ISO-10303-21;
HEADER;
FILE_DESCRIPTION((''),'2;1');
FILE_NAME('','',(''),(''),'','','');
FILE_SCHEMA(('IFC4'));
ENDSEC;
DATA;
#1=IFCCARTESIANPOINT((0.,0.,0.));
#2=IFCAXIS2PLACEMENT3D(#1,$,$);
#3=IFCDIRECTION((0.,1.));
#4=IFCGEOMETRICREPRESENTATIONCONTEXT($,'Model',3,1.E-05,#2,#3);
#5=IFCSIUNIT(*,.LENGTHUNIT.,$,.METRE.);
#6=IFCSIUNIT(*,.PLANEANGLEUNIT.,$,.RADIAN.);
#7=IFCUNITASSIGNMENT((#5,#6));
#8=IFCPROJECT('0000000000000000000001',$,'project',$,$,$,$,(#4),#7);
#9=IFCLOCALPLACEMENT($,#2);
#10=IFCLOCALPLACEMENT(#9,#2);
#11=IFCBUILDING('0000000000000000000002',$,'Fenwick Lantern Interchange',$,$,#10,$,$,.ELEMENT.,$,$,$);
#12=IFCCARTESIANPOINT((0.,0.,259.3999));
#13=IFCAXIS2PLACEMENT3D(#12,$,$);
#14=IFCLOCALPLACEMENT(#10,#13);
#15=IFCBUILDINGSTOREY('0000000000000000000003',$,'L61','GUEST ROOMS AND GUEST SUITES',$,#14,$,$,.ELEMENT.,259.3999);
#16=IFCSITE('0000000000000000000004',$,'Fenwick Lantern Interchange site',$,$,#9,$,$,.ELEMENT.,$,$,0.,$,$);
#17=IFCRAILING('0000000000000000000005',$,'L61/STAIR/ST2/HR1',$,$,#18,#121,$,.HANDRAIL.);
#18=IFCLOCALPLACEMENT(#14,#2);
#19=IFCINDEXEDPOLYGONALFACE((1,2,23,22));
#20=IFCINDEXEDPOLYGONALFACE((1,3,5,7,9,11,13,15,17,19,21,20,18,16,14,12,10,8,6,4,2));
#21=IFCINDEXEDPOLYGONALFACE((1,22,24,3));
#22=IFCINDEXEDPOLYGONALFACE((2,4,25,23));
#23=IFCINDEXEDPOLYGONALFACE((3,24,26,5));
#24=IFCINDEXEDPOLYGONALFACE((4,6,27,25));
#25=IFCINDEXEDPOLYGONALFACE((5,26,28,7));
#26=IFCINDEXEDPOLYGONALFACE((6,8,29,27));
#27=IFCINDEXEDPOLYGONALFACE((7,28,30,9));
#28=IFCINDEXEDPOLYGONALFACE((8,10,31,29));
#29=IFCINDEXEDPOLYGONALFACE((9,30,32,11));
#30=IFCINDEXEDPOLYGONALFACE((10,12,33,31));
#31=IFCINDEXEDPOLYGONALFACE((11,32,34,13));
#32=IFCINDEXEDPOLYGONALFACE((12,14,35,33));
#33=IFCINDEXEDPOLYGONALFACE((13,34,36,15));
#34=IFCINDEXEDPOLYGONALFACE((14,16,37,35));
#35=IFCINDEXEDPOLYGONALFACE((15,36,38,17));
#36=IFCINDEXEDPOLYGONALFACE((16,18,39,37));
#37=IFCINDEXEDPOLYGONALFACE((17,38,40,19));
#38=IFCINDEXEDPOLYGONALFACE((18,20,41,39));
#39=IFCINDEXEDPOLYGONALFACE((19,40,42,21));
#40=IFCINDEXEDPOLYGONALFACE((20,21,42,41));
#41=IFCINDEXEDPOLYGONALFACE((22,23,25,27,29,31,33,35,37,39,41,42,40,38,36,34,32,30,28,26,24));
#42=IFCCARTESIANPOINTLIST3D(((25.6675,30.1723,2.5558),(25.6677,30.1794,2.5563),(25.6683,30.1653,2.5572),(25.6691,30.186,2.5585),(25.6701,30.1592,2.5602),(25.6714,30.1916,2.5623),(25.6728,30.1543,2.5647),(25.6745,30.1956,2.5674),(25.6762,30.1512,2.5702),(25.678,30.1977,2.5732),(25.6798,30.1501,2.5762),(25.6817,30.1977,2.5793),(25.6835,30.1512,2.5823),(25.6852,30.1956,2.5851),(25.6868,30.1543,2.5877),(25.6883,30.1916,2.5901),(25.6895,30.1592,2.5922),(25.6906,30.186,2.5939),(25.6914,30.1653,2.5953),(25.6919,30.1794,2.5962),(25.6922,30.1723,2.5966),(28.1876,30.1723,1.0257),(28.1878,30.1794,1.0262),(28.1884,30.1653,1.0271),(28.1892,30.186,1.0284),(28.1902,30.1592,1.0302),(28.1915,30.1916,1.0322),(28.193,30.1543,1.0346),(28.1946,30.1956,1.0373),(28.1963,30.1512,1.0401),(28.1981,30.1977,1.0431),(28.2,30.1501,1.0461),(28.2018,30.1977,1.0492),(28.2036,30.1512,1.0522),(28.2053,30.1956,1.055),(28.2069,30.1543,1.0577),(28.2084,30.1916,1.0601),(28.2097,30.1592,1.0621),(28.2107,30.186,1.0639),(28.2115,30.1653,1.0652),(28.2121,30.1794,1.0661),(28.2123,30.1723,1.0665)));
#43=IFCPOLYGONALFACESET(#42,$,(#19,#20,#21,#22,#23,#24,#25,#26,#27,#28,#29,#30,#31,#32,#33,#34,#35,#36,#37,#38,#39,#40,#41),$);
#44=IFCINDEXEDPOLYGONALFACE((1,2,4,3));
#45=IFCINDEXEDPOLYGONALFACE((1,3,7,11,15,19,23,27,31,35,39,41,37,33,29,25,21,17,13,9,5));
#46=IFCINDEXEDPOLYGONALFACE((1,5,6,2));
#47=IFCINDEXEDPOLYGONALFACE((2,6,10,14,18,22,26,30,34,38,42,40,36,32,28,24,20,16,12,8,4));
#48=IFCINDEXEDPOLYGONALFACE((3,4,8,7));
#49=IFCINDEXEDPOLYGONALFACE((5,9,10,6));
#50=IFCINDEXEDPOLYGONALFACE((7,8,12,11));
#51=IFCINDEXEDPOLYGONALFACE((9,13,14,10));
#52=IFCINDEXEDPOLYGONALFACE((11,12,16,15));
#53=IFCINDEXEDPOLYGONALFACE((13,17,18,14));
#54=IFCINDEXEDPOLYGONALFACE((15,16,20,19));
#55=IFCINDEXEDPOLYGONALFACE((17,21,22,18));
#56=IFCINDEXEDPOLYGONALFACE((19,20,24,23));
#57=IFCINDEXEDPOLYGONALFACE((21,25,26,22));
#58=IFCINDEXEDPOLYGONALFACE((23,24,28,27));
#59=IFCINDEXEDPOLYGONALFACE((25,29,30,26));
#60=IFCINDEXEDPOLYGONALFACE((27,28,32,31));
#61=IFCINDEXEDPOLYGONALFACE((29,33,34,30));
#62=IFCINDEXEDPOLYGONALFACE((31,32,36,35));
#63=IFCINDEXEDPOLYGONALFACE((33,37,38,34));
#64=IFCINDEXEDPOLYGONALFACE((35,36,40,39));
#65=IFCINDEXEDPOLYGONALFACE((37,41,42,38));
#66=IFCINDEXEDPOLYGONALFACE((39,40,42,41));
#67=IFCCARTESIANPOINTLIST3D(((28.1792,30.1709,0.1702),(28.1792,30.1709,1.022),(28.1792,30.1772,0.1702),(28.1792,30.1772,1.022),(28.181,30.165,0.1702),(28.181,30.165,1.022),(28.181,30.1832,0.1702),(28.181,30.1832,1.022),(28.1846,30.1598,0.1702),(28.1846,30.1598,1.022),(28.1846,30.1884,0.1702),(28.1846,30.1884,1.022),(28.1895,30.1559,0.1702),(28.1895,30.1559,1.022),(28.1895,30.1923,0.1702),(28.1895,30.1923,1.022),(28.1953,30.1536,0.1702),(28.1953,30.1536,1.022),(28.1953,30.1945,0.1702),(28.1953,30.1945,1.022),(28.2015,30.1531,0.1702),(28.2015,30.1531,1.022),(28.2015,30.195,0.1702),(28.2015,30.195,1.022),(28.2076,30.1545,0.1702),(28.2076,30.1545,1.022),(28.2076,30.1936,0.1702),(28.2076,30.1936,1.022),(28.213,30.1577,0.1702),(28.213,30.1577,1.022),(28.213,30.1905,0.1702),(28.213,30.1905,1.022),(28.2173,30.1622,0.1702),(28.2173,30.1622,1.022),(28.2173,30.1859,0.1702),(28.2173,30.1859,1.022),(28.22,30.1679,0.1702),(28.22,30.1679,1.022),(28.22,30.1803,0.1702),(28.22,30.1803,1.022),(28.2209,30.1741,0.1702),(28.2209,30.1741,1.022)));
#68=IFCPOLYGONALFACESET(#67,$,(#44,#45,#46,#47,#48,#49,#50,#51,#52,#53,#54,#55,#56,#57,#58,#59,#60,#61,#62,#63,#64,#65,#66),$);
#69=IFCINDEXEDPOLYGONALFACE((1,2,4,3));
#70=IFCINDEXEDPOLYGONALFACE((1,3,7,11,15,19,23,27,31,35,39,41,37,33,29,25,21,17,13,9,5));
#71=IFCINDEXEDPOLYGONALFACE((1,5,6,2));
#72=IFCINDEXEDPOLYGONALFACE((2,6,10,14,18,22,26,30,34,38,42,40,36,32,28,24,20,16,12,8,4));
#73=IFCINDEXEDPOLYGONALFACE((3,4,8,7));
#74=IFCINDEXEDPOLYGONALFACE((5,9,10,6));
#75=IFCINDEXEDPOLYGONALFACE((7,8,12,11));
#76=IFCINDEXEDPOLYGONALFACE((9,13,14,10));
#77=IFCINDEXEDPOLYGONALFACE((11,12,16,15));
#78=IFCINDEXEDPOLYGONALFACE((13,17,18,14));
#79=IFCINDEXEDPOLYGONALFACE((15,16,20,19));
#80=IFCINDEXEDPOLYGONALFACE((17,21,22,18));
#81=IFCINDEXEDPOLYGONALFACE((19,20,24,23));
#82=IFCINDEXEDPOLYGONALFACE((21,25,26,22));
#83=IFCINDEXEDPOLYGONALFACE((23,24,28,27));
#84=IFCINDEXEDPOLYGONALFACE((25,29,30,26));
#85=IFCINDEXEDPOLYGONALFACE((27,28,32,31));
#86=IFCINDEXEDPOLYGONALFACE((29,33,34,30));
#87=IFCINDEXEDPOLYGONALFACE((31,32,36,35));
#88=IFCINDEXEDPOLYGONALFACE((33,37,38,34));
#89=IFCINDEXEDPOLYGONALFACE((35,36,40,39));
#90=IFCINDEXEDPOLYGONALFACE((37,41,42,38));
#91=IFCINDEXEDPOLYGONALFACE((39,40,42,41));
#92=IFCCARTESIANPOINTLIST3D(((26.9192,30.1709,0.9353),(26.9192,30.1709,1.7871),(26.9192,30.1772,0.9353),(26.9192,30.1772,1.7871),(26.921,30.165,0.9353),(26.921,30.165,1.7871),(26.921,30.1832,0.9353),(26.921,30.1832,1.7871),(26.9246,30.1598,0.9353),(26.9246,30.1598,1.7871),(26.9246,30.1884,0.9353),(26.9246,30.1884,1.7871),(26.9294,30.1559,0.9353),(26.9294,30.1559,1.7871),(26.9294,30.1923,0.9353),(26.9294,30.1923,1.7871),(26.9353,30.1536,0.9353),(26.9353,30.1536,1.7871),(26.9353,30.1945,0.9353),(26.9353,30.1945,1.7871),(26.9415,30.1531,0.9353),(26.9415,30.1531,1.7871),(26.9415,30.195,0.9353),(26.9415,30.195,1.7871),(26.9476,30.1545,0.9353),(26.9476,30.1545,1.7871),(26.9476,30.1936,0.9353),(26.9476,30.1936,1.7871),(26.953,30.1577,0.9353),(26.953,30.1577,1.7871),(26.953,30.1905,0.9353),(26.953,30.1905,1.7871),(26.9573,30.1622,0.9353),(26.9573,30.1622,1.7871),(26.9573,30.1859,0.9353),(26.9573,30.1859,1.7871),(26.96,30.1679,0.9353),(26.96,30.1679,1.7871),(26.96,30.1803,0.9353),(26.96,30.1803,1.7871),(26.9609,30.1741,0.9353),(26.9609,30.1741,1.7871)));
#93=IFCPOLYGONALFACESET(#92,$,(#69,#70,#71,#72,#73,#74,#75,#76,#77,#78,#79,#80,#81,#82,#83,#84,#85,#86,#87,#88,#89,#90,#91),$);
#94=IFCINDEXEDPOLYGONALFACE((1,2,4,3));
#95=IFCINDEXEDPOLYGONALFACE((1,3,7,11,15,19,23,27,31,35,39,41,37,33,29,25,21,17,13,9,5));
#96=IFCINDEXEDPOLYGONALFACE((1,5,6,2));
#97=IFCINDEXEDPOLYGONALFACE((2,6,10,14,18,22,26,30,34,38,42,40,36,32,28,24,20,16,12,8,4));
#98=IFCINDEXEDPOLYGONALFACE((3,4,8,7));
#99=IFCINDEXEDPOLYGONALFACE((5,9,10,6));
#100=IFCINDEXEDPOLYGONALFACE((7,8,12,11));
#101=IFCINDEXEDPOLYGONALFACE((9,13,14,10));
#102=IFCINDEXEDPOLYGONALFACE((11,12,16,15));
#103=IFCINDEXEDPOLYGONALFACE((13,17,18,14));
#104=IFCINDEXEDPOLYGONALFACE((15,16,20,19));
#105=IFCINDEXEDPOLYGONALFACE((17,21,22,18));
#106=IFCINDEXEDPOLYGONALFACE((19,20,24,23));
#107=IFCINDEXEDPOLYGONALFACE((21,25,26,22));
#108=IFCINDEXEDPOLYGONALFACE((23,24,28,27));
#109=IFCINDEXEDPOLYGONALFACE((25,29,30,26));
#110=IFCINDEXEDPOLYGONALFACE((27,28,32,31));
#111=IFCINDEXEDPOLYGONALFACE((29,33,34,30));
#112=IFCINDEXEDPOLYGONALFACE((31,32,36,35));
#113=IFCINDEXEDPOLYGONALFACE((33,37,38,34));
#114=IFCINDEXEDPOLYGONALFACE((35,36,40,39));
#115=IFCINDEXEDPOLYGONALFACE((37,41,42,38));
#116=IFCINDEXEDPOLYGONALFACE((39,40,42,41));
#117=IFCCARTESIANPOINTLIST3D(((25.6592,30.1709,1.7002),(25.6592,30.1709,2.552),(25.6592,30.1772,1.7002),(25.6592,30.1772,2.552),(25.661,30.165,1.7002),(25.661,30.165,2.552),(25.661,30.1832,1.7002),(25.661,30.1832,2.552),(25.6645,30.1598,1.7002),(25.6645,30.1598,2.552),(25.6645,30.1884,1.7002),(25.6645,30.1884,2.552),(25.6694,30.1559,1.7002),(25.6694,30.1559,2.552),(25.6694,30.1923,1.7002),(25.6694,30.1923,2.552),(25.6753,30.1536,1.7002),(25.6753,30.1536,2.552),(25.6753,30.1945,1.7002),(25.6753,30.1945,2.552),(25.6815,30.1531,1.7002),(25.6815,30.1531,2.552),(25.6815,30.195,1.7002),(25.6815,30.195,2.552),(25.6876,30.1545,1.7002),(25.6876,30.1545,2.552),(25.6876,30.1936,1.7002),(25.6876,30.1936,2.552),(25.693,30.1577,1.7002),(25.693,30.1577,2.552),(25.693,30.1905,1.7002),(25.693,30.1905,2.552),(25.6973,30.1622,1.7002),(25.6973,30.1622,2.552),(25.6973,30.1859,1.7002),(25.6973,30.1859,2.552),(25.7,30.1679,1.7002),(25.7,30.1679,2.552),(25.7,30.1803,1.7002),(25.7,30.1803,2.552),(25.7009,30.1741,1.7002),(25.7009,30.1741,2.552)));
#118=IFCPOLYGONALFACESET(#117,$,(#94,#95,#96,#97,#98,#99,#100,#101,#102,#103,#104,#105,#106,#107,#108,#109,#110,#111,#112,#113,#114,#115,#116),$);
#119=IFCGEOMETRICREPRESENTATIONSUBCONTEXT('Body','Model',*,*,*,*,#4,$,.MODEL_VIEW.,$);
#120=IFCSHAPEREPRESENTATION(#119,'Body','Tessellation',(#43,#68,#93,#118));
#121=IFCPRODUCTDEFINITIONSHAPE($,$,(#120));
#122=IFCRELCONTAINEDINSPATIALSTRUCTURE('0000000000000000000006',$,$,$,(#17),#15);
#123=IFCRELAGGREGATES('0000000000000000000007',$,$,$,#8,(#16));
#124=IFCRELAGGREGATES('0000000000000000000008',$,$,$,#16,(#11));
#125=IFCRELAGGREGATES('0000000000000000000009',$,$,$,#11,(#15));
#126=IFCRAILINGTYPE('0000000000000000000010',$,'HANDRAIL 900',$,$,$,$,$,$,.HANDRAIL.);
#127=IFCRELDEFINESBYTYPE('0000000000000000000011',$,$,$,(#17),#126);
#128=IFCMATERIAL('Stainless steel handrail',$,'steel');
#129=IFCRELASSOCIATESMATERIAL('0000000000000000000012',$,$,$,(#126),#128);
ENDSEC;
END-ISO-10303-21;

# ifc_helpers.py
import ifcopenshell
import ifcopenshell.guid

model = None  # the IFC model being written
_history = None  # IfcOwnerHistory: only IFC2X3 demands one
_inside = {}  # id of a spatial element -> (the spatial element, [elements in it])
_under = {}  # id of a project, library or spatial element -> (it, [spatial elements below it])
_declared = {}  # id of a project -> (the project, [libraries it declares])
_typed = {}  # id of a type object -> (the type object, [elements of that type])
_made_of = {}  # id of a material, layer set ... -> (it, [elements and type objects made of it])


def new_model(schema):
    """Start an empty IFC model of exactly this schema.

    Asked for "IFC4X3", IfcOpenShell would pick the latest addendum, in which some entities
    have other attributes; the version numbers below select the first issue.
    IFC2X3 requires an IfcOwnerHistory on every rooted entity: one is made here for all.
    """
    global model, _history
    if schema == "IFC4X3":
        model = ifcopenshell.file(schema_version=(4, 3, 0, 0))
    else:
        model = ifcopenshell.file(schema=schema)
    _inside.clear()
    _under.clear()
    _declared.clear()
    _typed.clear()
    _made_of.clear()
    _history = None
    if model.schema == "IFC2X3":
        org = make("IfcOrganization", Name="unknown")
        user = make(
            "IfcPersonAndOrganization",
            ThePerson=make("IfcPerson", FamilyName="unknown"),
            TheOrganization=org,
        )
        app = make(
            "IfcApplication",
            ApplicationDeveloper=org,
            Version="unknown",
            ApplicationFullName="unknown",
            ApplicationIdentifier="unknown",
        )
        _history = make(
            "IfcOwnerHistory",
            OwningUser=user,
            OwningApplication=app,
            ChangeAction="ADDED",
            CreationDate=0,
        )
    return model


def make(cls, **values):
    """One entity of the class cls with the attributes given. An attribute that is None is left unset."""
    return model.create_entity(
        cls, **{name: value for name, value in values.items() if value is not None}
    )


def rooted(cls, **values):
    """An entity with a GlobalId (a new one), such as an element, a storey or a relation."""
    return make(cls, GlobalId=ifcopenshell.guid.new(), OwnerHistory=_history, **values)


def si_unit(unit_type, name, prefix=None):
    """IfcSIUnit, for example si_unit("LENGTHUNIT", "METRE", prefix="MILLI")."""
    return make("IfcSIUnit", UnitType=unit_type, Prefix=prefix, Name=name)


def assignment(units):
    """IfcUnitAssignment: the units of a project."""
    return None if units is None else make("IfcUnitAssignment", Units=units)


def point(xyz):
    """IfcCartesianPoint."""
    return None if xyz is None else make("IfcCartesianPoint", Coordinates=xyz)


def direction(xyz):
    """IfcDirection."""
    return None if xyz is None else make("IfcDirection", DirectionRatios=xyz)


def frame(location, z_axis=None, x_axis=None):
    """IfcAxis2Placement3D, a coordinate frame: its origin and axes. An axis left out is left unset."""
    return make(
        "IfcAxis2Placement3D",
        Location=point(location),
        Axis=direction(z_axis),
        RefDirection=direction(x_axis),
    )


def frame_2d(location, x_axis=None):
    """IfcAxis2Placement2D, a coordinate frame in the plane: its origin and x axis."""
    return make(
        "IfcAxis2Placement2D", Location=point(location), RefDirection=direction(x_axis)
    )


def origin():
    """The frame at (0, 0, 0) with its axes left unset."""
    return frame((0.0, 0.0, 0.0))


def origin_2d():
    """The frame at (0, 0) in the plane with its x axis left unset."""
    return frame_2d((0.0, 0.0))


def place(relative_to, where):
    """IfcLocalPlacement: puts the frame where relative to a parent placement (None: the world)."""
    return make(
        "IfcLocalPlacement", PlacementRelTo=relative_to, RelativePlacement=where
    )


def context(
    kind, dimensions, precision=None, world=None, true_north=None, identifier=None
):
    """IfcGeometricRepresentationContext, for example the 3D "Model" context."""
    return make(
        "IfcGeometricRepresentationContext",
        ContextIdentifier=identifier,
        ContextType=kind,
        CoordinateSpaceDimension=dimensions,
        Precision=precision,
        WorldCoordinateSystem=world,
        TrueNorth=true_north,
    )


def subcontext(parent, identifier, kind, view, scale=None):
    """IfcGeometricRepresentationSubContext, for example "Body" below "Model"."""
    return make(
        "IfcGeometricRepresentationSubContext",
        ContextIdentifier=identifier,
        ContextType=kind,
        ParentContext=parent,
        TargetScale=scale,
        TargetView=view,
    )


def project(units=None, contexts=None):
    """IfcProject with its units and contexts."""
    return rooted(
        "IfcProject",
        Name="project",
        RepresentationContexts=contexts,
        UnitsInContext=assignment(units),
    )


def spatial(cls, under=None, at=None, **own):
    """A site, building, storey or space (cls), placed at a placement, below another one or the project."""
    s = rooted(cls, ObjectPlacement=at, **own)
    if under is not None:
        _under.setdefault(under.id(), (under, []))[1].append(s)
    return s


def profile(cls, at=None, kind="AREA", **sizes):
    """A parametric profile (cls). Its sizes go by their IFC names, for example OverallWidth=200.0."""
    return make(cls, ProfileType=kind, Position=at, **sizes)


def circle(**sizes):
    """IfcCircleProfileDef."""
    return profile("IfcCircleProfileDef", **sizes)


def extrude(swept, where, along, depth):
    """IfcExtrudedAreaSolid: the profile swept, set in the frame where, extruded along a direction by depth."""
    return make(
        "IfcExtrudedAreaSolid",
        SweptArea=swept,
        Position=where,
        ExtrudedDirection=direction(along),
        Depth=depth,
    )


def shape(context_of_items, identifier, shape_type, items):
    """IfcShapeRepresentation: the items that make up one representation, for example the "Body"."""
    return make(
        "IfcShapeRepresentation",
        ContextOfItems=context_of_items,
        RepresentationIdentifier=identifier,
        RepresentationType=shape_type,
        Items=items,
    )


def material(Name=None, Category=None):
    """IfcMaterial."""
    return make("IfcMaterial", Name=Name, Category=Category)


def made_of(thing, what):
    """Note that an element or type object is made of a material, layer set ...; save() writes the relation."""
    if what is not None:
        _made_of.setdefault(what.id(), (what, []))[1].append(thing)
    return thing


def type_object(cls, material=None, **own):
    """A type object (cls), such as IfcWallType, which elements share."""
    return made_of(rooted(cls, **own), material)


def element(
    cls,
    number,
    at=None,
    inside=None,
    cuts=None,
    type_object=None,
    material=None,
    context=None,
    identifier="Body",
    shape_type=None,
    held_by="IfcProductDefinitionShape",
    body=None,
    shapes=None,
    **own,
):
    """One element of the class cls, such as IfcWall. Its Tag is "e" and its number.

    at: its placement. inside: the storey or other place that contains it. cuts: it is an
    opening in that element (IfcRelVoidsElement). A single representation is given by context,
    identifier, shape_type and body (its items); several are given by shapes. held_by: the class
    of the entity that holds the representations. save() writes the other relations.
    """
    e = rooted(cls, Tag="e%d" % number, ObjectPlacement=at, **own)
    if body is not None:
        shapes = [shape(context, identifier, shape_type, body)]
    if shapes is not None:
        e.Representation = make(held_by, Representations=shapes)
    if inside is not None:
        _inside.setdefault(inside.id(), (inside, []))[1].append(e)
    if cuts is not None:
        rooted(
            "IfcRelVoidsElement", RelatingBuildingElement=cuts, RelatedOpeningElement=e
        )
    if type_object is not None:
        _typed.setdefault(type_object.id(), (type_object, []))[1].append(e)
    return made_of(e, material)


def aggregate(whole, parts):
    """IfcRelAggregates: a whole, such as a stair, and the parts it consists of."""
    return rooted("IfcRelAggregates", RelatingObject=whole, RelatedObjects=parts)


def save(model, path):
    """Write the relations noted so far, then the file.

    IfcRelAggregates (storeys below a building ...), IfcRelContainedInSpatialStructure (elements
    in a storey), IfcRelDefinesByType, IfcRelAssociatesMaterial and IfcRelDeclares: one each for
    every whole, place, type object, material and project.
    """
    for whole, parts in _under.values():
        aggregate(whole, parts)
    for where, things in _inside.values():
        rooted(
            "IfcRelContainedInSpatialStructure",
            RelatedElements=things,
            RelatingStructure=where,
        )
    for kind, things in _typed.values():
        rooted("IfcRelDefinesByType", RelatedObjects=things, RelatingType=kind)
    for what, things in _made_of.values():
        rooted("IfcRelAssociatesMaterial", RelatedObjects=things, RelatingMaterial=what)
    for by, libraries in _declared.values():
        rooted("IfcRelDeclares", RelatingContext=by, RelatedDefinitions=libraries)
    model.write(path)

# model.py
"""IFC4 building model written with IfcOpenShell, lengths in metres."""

from ifc_helpers import new_model, si_unit, direction, frame, origin, origin_2d, place, context, subcontext, project, spatial, circle, extrude, material, type_object, element, save


model = new_model("IFC4")

# Units and contexts
model_context = context("Model", 3, precision=1e-05, world=origin(), true_north=direction((0.0, 1.0)))
body_context = subcontext(model_context, "Body", "Model", "MODEL_VIEW")
ifc_project = project(units=[si_unit("LENGTHUNIT", "METRE"), si_unit("PLANEANGLEUNIT", "RADIAN")], contexts=[model_context])

# Site, building, storey
site_placement = place(None, origin())
site = spatial("IfcSite", under=ifc_project, at=site_placement, Name="Fenwick Lantern Interchange site", CompositionType="ELEMENT", RefElevation=0.0)
building_placement = place(site_placement, origin())
building = spatial("IfcBuilding", under=site, at=building_placement, Name="Fenwick Lantern Interchange", CompositionType="ELEMENT")
storey_placement = place(building_placement, frame((0.0, 0.0, 259.3999)))
storey = spatial("IfcBuildingStorey", under=building, at=storey_placement, Name="L61", Description="GUEST ROOMS AND GUEST SUITES", CompositionType="ELEMENT", Elevation=259.3999)

# Railing
ifc_material_1 = material(Name="Stainless steel handrail", Category="steel")
railing_type = type_object("IfcRailingType", Name="HANDRAIL 900", PredefinedType="HANDRAIL", material=ifc_material_1)
railing_placement = place(storey_placement, frame((28.2, 30.1741, 0.1702)))
element("IfcRailing", 1, at=railing_placement, inside=storey, type_object=railing_type, Name="L61/STAIR/ST2/HR1", PredefinedType="HANDRAIL", context=body_context, shape_type="SweptSolid", body=[
    extrude(circle(Radius=0.0239, at=origin_2d()), frame((0.0, 0.0, 0.876), z_axis=(-0.854785, 0.0, 0.518982), x_axis=(0.0, -1.0, 0.0)), (0.0, 0.0, 1.0), 2.9482),
    extrude(circle(Radius=0.021, at=origin_2d()), origin(), (0.0, 0.0, 1.0), 0.8518),
    extrude(circle(Radius=0.021, at=origin_2d()), frame((-1.26, 0.0, 0.7651)), (0.0, 0.0, 1.0), 0.8518),
    extrude(circle(Radius=0.021, at=origin_2d()), frame((-2.52, 0.0, 1.53)), (0.0, 0.0, 1.0), 0.8518),
])

save(model, "model.ifc")
